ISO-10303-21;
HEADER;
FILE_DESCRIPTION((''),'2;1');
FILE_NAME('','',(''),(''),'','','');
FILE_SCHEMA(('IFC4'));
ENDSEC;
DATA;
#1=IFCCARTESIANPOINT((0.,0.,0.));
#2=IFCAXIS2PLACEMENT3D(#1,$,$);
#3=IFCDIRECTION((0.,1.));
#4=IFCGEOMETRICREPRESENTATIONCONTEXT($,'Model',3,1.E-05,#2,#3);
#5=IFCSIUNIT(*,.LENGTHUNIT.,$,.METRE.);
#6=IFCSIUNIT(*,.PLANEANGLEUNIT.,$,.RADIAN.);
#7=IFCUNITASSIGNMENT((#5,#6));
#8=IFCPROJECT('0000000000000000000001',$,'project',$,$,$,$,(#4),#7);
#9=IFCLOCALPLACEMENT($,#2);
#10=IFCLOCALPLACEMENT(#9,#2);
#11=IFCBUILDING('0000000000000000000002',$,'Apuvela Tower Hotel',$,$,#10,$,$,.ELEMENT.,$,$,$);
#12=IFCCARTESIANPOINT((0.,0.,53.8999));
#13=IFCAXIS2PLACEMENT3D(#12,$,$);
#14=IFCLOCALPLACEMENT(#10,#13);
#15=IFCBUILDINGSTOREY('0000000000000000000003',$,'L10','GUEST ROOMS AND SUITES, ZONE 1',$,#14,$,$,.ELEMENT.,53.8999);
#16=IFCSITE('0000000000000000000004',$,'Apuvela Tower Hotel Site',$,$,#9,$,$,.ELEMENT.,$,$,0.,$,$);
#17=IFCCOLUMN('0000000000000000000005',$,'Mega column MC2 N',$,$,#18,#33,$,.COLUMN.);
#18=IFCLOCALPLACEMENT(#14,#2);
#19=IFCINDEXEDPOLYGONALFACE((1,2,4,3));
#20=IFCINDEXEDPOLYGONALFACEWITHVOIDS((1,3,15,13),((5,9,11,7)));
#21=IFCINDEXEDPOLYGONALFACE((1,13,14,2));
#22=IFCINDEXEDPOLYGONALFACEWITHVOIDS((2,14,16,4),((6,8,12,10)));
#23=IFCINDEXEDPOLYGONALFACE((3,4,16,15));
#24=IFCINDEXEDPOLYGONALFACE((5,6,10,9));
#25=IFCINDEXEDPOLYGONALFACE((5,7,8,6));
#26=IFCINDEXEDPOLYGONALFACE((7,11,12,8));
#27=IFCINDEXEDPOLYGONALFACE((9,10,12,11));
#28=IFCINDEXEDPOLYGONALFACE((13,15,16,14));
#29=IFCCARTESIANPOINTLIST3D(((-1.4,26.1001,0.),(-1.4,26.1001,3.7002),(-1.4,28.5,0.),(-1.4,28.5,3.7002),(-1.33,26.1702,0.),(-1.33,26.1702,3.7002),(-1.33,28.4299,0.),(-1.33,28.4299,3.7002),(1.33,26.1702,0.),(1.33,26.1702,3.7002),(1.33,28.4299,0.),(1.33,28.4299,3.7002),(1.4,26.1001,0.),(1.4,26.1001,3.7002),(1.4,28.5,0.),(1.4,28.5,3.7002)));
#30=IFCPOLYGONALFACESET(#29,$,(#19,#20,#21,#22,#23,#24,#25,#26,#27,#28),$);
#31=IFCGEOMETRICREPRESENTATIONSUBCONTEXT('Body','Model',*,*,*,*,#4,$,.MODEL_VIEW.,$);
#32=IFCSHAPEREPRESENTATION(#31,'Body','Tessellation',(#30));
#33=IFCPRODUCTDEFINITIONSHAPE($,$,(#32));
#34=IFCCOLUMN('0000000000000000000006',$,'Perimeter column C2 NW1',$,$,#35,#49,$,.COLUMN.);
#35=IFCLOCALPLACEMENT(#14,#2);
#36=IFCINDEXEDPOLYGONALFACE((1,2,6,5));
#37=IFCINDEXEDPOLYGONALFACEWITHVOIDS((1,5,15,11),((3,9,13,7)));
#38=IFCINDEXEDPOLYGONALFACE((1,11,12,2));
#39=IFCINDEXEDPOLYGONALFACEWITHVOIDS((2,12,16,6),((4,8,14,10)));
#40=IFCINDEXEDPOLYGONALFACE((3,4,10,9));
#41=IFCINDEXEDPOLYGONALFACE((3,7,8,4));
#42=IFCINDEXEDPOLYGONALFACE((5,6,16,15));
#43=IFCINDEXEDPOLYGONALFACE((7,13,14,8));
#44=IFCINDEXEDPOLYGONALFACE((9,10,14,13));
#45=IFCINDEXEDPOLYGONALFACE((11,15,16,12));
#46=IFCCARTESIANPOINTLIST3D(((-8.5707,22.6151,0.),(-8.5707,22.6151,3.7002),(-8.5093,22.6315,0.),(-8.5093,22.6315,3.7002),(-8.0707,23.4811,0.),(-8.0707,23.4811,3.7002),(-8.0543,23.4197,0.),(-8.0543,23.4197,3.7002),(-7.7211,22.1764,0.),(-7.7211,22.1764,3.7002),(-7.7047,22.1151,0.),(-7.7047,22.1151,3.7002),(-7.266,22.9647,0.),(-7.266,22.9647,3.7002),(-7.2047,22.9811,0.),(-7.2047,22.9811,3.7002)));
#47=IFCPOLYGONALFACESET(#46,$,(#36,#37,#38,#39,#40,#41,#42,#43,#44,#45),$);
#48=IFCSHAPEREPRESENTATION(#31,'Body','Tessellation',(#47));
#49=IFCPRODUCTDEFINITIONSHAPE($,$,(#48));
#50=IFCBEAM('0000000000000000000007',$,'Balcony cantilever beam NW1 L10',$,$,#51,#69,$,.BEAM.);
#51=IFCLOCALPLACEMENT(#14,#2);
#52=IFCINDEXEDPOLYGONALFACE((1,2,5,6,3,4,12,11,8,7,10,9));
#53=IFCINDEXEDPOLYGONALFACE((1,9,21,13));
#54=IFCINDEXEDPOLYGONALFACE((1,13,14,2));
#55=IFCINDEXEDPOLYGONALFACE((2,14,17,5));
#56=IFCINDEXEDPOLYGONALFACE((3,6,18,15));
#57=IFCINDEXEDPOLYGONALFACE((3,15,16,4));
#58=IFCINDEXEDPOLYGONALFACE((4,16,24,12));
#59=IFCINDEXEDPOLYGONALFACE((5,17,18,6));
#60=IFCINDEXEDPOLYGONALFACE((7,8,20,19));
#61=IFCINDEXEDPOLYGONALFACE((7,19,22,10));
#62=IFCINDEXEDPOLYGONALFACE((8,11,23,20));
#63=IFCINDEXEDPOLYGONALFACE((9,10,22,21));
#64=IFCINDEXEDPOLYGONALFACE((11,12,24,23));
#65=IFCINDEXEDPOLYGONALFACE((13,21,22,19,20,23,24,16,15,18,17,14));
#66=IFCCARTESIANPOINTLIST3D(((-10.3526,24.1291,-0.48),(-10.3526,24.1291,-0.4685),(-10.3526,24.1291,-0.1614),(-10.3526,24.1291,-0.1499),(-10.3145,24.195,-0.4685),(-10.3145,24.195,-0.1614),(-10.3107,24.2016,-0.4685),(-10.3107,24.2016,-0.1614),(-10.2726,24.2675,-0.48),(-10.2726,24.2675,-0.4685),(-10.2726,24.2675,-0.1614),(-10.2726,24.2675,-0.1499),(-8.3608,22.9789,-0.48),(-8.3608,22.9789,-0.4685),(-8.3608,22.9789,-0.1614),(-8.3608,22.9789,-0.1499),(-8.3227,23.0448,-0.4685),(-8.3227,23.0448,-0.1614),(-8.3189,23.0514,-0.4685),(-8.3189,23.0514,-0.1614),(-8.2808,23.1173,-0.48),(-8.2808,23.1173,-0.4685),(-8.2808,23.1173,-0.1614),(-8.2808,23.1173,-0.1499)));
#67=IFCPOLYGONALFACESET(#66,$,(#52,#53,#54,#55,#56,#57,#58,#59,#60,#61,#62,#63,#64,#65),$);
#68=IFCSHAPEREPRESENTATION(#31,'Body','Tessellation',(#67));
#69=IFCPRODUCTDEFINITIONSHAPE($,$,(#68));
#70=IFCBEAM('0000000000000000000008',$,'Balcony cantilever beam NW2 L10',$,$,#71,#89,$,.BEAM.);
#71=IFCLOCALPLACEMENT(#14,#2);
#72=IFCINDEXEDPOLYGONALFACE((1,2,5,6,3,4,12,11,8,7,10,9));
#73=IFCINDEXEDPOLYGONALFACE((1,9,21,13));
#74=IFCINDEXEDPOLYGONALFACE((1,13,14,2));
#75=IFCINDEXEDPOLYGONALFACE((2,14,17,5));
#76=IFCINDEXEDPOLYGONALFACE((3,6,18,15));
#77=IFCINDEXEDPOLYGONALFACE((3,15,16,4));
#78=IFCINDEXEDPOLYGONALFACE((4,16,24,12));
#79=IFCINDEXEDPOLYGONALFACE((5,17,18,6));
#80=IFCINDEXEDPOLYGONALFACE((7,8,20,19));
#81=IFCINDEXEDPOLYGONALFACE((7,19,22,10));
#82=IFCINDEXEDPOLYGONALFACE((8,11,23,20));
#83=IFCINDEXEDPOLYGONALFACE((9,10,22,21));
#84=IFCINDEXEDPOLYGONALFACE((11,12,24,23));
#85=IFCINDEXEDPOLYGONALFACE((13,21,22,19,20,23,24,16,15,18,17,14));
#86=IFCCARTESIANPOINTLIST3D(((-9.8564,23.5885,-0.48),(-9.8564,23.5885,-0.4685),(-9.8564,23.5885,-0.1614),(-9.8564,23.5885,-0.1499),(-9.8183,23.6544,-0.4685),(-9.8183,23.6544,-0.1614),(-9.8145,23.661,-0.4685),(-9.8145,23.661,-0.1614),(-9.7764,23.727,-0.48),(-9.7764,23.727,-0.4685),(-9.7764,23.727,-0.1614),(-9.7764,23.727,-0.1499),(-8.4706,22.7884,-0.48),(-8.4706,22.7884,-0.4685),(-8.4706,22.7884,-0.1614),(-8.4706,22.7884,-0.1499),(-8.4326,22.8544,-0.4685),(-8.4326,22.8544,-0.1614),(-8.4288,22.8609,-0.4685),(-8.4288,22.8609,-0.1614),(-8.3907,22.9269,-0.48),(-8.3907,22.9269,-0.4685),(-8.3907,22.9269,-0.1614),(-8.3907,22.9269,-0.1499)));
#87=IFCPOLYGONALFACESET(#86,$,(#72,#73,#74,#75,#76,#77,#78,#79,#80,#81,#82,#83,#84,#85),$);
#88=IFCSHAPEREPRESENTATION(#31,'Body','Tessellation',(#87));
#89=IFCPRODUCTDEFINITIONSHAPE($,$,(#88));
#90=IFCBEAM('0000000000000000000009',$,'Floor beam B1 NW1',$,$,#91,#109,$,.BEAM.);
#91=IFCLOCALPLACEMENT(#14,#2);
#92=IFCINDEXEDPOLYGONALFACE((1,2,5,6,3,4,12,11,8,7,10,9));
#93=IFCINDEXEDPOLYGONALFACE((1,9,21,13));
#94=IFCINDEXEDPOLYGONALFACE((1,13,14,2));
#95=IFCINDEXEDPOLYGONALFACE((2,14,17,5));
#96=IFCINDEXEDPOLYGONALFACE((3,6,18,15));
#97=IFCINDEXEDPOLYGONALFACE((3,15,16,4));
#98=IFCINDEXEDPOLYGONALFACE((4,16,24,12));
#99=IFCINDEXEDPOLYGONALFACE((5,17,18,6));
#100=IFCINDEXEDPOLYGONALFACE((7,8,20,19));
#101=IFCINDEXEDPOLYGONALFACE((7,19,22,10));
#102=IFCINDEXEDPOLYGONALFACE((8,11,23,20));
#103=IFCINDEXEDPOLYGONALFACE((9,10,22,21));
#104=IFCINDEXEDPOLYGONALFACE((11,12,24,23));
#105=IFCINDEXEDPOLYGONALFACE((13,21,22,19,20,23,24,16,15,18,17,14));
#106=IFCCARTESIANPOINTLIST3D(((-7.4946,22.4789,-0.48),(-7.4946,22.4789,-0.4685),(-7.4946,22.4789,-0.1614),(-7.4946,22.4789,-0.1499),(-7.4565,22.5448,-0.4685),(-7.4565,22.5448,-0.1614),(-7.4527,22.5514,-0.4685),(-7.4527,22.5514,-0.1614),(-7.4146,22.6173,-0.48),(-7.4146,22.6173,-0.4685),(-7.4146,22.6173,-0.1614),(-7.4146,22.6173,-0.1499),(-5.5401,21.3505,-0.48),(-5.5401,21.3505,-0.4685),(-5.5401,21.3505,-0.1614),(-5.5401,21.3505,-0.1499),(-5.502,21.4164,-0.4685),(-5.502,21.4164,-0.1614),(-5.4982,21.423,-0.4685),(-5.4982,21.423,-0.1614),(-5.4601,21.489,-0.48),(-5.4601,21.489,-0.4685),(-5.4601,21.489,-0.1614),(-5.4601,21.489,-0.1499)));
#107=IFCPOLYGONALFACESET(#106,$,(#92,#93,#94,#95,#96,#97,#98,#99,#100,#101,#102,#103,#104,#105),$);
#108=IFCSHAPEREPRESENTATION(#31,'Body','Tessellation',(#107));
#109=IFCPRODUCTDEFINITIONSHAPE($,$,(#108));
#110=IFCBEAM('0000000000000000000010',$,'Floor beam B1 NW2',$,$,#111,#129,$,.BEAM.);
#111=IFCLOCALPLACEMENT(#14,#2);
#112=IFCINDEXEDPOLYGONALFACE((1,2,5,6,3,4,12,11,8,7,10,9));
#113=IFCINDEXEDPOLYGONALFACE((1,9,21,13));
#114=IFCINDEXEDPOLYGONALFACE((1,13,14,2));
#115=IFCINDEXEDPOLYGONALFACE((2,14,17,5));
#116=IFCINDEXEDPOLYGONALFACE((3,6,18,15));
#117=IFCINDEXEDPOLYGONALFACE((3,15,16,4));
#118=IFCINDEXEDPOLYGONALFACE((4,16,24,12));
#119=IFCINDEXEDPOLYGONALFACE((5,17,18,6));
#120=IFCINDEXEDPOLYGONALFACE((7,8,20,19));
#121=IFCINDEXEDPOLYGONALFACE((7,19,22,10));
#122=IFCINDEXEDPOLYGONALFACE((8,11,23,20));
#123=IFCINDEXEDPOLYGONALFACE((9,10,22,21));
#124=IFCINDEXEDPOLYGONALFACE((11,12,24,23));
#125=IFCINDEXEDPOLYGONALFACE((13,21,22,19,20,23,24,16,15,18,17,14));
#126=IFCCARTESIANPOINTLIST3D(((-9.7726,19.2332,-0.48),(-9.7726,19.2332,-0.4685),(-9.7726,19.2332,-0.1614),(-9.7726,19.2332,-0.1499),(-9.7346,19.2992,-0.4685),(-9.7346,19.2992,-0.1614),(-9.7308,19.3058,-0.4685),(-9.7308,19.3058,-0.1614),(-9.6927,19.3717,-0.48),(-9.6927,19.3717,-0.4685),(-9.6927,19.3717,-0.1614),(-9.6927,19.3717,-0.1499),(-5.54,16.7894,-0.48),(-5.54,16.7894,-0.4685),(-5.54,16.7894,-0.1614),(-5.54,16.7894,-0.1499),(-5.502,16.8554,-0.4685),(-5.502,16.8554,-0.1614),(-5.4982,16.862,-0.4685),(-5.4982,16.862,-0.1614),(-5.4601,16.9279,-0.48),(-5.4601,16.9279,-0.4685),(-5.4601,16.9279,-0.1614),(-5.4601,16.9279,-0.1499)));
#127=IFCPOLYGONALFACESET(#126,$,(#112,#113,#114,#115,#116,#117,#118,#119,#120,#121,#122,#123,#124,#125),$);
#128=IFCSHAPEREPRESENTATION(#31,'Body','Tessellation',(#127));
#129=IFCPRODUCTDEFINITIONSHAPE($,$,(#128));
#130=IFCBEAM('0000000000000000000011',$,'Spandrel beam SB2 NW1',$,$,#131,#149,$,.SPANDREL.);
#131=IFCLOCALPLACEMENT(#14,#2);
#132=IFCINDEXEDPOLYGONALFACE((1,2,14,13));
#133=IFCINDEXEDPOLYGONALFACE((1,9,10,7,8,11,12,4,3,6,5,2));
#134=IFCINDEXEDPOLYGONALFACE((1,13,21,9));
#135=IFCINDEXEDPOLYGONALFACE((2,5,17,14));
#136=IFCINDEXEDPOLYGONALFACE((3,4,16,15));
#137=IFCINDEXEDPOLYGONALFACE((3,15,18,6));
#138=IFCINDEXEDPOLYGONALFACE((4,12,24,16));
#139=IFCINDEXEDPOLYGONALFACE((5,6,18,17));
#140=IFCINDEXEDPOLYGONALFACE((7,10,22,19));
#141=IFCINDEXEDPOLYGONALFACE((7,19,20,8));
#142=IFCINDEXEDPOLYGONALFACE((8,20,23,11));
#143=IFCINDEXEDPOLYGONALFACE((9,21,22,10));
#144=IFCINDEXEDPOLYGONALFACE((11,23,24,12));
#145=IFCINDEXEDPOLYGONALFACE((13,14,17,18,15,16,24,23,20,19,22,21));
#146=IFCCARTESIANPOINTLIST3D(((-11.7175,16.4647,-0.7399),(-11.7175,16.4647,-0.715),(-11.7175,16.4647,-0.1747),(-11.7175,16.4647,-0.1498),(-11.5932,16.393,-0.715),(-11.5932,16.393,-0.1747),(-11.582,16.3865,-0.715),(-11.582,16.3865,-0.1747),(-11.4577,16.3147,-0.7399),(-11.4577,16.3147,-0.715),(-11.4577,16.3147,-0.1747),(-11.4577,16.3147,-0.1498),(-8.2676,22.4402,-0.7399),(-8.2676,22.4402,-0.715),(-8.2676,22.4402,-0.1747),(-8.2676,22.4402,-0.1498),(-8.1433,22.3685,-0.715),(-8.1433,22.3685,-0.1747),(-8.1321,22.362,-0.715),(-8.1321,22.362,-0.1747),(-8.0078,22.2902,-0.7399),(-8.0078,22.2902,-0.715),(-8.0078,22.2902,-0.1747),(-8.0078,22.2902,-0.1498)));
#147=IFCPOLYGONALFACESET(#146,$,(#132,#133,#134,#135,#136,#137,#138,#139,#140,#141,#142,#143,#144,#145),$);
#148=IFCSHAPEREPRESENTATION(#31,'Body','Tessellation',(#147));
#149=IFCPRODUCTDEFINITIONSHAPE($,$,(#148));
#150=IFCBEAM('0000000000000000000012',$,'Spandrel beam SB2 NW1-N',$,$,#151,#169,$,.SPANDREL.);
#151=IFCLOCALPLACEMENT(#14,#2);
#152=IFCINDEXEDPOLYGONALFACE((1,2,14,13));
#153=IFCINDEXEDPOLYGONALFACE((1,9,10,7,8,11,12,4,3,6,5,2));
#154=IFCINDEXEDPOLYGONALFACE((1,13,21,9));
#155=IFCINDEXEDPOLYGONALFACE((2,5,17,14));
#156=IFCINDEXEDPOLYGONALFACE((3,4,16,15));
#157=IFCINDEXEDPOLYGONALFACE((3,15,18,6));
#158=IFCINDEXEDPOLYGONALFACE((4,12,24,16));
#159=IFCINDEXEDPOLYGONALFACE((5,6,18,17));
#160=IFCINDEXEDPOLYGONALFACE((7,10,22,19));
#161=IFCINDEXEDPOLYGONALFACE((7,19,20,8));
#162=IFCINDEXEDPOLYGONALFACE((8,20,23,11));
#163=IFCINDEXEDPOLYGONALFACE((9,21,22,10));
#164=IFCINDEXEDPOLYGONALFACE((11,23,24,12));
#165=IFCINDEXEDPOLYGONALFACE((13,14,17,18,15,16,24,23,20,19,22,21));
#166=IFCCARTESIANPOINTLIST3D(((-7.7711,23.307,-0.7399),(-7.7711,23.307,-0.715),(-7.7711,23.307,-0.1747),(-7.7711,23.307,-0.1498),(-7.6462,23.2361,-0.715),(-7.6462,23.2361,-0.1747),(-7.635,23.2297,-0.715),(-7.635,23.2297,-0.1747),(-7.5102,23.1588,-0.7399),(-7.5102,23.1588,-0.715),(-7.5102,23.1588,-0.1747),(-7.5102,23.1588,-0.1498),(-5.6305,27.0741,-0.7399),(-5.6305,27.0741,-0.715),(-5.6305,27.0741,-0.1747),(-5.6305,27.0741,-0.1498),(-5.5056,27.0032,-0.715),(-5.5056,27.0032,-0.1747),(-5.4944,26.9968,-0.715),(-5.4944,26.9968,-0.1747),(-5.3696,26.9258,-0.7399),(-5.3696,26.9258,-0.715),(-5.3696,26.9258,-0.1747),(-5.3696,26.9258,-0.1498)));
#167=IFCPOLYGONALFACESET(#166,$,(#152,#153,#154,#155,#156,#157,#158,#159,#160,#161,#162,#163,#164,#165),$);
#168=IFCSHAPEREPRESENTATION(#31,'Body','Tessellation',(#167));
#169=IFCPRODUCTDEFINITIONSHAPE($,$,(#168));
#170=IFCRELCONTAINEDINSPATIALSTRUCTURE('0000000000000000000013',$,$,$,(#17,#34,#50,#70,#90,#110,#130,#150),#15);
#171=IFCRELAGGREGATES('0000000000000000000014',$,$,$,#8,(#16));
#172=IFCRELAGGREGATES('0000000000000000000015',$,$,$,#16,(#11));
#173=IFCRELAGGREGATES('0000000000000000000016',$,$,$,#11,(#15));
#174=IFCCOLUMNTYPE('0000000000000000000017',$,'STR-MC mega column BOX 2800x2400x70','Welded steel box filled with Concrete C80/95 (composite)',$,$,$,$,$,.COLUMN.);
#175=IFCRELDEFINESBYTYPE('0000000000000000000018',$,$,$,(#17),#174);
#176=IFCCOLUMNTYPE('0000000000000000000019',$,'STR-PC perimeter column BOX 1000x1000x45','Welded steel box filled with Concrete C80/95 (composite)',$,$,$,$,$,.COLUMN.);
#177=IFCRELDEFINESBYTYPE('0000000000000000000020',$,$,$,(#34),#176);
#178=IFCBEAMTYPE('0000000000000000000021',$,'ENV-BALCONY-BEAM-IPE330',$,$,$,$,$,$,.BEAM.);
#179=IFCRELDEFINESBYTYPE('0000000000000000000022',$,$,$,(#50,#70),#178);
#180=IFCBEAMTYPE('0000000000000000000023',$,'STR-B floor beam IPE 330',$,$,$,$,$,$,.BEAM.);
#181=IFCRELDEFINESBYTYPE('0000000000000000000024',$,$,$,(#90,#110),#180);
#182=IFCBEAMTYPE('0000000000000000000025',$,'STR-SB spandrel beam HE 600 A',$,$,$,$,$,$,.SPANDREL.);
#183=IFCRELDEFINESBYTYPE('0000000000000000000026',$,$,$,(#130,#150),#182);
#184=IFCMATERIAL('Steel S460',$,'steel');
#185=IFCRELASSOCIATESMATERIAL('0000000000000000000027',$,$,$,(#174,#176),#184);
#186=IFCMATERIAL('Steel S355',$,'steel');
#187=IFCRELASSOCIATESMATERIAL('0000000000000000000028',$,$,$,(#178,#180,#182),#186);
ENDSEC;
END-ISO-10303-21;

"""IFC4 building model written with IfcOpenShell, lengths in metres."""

from ifc_helpers import new_model, si_unit, direction, frame, origin, origin_2d, place, context, subcontext, project, spatial, rectangle, hollow_rectangle, i_section, extrude, material, material_profile, profile_set, type_object, element, save


model = new_model("IFC4")

# Units and contexts
model_context = context("Model", 3, precision=1e-05, world=origin(), true_north=direction((0.0, 1.0)))
body_context = subcontext(model_context, "Body", "Model", "MODEL_VIEW")
ifc_project = project(units=[si_unit("LENGTHUNIT", "METRE"), si_unit("PLANEANGLEUNIT", "RADIAN")], contexts=[model_context])

# Site, building, storey
site_placement = place(None, origin())
site = spatial("IfcSite", under=ifc_project, at=site_placement, Name="Apuvela Tower Hotel Site", CompositionType="ELEMENT", RefElevation=0.0)
building_placement = place(site_placement, origin())
building = spatial("IfcBuilding", under=site, at=building_placement, Name="Apuvela Tower Hotel", CompositionType="ELEMENT")
storey_placement = place(building_placement, frame((0.0, 0.0, 53.8999)))
storey = spatial("IfcBuildingStorey", under=building, at=storey_placement, Name="L10", Description="GUEST ROOMS AND SUITES, ZONE 1", CompositionType="ELEMENT", Elevation=53.8999)

# Columns
ifc_material_1 = material(Name="Steel S460", Category="steel")
ifc_material_profile_1 = material_profile(ifc_material_1, hollow_rectangle(XDim=2.8, YDim=2.3999, WallThickness=0.0701, at=origin_2d()), Name="BOX 2800x2400x70")
ifc_material_2 = material(Name="Concrete C80/95", Category="concrete")
ifc_material_profile_2 = material_profile(ifc_material_2, rectangle(XDim=2.6599, YDim=2.26, at=origin_2d()), Name="Concrete C80/95 infill")
ifc_profile_set_1 = profile_set([ifc_material_profile_1, ifc_material_profile_2], Name="Steel S460")
column_type_1 = type_object("IfcColumnType", Name="STR-MC mega column BOX 2800x2400x70", Description="Welded steel box filled with Concrete C80/95 (composite)", PredefinedType="COLUMN", material=ifc_profile_set_1)
column_1_placement = place(storey_placement, frame((0.0, 27.3, 0.0), z_axis=(0.0, 0.0, 1.0), x_axis=(1.0, 0.0, 0.0)))
element("IfcColumn", 1, at=column_1_placement, inside=storey, type_object=column_type_1, Name="Mega column MC2 N", PredefinedType="COLUMN", context=body_context, shape_type="SweptSolid", body=[
    extrude(hollow_rectangle(XDim=2.8, YDim=2.3999, WallThickness=0.0701, at=origin_2d()), origin(), (0.0, 0.0, 1.0), 3.7002),
])
ifc_material_profile_3 = material_profile(ifc_material_1, hollow_rectangle(XDim=1.0, YDim=1.0, WallThickness=0.0449, at=origin_2d()), Name="BOX 1000x1000x45")
ifc_material_profile_4 = material_profile(ifc_material_2, rectangle(XDim=0.9099, YDim=0.9099, at=origin_2d()), Name="Concrete C80/95 infill")
ifc_profile_set_2 = profile_set([ifc_material_profile_3, ifc_material_profile_4], Name="Steel S460")
column_type_2 = type_object("IfcColumnType", Name="STR-PC perimeter column BOX 1000x1000x45", Description="Welded steel box filled with Concrete C80/95 (composite)", PredefinedType="COLUMN", material=ifc_profile_set_2)
column_2_placement = place(storey_placement, frame((-7.8877, 22.7981, 0.0), z_axis=(0.0, 0.0, 1.0), x_axis=(0.5, 0.866025, 0.0)))
element("IfcColumn", 2, at=column_2_placement, inside=storey, type_object=column_type_2, Name="Perimeter column C2 NW1", PredefinedType="COLUMN", context=body_context, shape_type="SweptSolid", body=[
    extrude(hollow_rectangle(XDim=1.0, YDim=1.0, WallThickness=0.0449, at=origin_2d()), origin(), (0.0, 0.0, 1.0), 3.7002),
])

# Beams
ifc_material_3 = material(Name="Steel S355", Category="steel")
ifc_material_profile_5 = material_profile(ifc_material_3, i_section(OverallWidth=0.1599, OverallDepth=0.3301, WebThickness=0.0076, FlangeThickness=0.0115, at=origin_2d()), Name="IPE 330")
ifc_profile_set_3 = profile_set([ifc_material_profile_5], Name="Steel S355")
beam_type_1 = type_object("IfcBeamType", Name="ENV-BALCONY-BEAM-IPE330", PredefinedType="BEAM", material=ifc_profile_set_3)
beam_1_placement = place(storey_placement, frame((-8.3208, 23.0481, -0.3149), z_axis=(-0.865981, 0.500078, 0.0), x_axis=(-0.500078, -0.865981, 0.0)))
element("IfcBeam", 3, at=beam_1_placement, inside=storey, type_object=beam_type_1, Name="Balcony cantilever beam NW1 L10", PredefinedType="BEAM", context=body_context, shape_type="SweptSolid", body=[
    extrude(i_section(OverallWidth=0.1599, OverallDepth=0.3301, WebThickness=0.0076, FlangeThickness=0.0115, at=origin_2d()), origin(), (0.0, 0.0, 1.0), 2.3),
])
beam_2_placement = place(storey_placement, frame((-8.4307, 22.8577, -0.3149), z_axis=(-0.866028, 0.499995, 0.0), x_axis=(-0.499995, -0.866028, 0.0)))
element("IfcBeam", 4, at=beam_2_placement, inside=storey, type_object=beam_type_1, Name="Balcony cantilever beam NW2 L10", PredefinedType="BEAM", context=body_context, shape_type="SweptSolid", body=[
    extrude(i_section(OverallWidth=0.1599, OverallDepth=0.3301, WebThickness=0.0076, FlangeThickness=0.0115, at=origin_2d()), origin(), (0.0, 0.0, 1.0), 1.6001),
])
ifc_material_profile_6 = material_profile(ifc_material_3, i_section(OverallWidth=0.1599, OverallDepth=0.3301, WebThickness=0.0076, FlangeThickness=0.0115, at=origin_2d()), Name="IPE 330")
ifc_profile_set_4 = profile_set([ifc_material_profile_6], Name="Steel S355")
beam_type_2 = type_object("IfcBeamType", Name="STR-B floor beam IPE 330", PredefinedType="BEAM", material=ifc_profile_set_4)
beam_3_placement = place(storey_placement, frame((-7.4546, 22.5481, -0.3149), z_axis=(0.866038, -0.499978, 0.0), x_axis=(0.499978, 0.866038, 0.0)))
element("IfcBeam", 5, at=beam_3_placement, inside=storey, type_object=beam_type_2, Name="Floor beam B1 NW1", PredefinedType="BEAM", context=body_context, shape_type="SweptSolid", body=[
    extrude(i_section(OverallWidth=0.1599, OverallDepth=0.3301, WebThickness=0.0076, FlangeThickness=0.0115, at=origin_2d()), origin(), (0.0, 0.0, 1.0), 2.2568),
])
beam_4_placement = place(storey_placement, frame((-9.7327, 19.3025, -0.3149), z_axis=(0.866015, -0.500018, 0.0), x_axis=(0.500018, 0.866015, 0.0)))
element("IfcBeam", 6, at=beam_4_placement, inside=storey, type_object=beam_type_2, Name="Floor beam B1 NW2", PredefinedType="BEAM", context=body_context, shape_type="SweptSolid", body=[
    extrude(i_section(OverallWidth=0.1599, OverallDepth=0.3301, WebThickness=0.0076, FlangeThickness=0.0115, at=origin_2d()), origin(), (0.0, 0.0, 1.0), 4.8875),
])
ifc_material_profile_7 = material_profile(ifc_material_3, i_section(OverallWidth=0.3, OverallDepth=0.5901, WebThickness=0.0129, FlangeThickness=0.0249, at=origin_2d()), Name="HE 600 A")
ifc_profile_set_5 = profile_set([ifc_material_profile_7], Name="Steel S355")
beam_type_3 = type_object("IfcBeamType", Name="STR-SB spandrel beam HE 600 A", PredefinedType="SPANDREL", material=ifc_profile_set_5)
beam_5_placement = place(storey_placement, frame((-8.1377, 22.3652, -0.4448), z_axis=(-0.499994, -0.866029, 0.0), x_axis=(0.866029, -0.499994, 0.0)))
element("IfcBeam", 7, at=beam_5_placement, inside=storey, type_object=beam_type_3, Name="Spandrel beam SB2 NW1", PredefinedType="SPANDREL", context=body_context, shape_type="SweptSolid", body=[
    extrude(i_section(OverallWidth=0.3, OverallDepth=0.5901, WebThickness=0.0129, FlangeThickness=0.0249, at=origin_2d()), origin(), (0.0, 0.0, 1.0), 6.8999),
])
beam_6_placement = place(storey_placement, frame((-7.6406, 23.2329, -0.4448), z_axis=(0.49405, 0.869433, 0.0), x_axis=(-0.869433, 0.49405, 0.0)))
element("IfcBeam", 8, at=beam_6_placement, inside=storey, type_object=beam_type_3, Name="Spandrel beam SB2 NW1-N", PredefinedType="SPANDREL", context=body_context, shape_type="SweptSolid", body=[
    extrude(i_section(OverallWidth=0.3, OverallDepth=0.5901, WebThickness=0.0129, FlangeThickness=0.0249, at=origin_2d()), origin(), (0.0, 0.0, 1.0), 4.3328),
])

save(model, "model.ifc")
